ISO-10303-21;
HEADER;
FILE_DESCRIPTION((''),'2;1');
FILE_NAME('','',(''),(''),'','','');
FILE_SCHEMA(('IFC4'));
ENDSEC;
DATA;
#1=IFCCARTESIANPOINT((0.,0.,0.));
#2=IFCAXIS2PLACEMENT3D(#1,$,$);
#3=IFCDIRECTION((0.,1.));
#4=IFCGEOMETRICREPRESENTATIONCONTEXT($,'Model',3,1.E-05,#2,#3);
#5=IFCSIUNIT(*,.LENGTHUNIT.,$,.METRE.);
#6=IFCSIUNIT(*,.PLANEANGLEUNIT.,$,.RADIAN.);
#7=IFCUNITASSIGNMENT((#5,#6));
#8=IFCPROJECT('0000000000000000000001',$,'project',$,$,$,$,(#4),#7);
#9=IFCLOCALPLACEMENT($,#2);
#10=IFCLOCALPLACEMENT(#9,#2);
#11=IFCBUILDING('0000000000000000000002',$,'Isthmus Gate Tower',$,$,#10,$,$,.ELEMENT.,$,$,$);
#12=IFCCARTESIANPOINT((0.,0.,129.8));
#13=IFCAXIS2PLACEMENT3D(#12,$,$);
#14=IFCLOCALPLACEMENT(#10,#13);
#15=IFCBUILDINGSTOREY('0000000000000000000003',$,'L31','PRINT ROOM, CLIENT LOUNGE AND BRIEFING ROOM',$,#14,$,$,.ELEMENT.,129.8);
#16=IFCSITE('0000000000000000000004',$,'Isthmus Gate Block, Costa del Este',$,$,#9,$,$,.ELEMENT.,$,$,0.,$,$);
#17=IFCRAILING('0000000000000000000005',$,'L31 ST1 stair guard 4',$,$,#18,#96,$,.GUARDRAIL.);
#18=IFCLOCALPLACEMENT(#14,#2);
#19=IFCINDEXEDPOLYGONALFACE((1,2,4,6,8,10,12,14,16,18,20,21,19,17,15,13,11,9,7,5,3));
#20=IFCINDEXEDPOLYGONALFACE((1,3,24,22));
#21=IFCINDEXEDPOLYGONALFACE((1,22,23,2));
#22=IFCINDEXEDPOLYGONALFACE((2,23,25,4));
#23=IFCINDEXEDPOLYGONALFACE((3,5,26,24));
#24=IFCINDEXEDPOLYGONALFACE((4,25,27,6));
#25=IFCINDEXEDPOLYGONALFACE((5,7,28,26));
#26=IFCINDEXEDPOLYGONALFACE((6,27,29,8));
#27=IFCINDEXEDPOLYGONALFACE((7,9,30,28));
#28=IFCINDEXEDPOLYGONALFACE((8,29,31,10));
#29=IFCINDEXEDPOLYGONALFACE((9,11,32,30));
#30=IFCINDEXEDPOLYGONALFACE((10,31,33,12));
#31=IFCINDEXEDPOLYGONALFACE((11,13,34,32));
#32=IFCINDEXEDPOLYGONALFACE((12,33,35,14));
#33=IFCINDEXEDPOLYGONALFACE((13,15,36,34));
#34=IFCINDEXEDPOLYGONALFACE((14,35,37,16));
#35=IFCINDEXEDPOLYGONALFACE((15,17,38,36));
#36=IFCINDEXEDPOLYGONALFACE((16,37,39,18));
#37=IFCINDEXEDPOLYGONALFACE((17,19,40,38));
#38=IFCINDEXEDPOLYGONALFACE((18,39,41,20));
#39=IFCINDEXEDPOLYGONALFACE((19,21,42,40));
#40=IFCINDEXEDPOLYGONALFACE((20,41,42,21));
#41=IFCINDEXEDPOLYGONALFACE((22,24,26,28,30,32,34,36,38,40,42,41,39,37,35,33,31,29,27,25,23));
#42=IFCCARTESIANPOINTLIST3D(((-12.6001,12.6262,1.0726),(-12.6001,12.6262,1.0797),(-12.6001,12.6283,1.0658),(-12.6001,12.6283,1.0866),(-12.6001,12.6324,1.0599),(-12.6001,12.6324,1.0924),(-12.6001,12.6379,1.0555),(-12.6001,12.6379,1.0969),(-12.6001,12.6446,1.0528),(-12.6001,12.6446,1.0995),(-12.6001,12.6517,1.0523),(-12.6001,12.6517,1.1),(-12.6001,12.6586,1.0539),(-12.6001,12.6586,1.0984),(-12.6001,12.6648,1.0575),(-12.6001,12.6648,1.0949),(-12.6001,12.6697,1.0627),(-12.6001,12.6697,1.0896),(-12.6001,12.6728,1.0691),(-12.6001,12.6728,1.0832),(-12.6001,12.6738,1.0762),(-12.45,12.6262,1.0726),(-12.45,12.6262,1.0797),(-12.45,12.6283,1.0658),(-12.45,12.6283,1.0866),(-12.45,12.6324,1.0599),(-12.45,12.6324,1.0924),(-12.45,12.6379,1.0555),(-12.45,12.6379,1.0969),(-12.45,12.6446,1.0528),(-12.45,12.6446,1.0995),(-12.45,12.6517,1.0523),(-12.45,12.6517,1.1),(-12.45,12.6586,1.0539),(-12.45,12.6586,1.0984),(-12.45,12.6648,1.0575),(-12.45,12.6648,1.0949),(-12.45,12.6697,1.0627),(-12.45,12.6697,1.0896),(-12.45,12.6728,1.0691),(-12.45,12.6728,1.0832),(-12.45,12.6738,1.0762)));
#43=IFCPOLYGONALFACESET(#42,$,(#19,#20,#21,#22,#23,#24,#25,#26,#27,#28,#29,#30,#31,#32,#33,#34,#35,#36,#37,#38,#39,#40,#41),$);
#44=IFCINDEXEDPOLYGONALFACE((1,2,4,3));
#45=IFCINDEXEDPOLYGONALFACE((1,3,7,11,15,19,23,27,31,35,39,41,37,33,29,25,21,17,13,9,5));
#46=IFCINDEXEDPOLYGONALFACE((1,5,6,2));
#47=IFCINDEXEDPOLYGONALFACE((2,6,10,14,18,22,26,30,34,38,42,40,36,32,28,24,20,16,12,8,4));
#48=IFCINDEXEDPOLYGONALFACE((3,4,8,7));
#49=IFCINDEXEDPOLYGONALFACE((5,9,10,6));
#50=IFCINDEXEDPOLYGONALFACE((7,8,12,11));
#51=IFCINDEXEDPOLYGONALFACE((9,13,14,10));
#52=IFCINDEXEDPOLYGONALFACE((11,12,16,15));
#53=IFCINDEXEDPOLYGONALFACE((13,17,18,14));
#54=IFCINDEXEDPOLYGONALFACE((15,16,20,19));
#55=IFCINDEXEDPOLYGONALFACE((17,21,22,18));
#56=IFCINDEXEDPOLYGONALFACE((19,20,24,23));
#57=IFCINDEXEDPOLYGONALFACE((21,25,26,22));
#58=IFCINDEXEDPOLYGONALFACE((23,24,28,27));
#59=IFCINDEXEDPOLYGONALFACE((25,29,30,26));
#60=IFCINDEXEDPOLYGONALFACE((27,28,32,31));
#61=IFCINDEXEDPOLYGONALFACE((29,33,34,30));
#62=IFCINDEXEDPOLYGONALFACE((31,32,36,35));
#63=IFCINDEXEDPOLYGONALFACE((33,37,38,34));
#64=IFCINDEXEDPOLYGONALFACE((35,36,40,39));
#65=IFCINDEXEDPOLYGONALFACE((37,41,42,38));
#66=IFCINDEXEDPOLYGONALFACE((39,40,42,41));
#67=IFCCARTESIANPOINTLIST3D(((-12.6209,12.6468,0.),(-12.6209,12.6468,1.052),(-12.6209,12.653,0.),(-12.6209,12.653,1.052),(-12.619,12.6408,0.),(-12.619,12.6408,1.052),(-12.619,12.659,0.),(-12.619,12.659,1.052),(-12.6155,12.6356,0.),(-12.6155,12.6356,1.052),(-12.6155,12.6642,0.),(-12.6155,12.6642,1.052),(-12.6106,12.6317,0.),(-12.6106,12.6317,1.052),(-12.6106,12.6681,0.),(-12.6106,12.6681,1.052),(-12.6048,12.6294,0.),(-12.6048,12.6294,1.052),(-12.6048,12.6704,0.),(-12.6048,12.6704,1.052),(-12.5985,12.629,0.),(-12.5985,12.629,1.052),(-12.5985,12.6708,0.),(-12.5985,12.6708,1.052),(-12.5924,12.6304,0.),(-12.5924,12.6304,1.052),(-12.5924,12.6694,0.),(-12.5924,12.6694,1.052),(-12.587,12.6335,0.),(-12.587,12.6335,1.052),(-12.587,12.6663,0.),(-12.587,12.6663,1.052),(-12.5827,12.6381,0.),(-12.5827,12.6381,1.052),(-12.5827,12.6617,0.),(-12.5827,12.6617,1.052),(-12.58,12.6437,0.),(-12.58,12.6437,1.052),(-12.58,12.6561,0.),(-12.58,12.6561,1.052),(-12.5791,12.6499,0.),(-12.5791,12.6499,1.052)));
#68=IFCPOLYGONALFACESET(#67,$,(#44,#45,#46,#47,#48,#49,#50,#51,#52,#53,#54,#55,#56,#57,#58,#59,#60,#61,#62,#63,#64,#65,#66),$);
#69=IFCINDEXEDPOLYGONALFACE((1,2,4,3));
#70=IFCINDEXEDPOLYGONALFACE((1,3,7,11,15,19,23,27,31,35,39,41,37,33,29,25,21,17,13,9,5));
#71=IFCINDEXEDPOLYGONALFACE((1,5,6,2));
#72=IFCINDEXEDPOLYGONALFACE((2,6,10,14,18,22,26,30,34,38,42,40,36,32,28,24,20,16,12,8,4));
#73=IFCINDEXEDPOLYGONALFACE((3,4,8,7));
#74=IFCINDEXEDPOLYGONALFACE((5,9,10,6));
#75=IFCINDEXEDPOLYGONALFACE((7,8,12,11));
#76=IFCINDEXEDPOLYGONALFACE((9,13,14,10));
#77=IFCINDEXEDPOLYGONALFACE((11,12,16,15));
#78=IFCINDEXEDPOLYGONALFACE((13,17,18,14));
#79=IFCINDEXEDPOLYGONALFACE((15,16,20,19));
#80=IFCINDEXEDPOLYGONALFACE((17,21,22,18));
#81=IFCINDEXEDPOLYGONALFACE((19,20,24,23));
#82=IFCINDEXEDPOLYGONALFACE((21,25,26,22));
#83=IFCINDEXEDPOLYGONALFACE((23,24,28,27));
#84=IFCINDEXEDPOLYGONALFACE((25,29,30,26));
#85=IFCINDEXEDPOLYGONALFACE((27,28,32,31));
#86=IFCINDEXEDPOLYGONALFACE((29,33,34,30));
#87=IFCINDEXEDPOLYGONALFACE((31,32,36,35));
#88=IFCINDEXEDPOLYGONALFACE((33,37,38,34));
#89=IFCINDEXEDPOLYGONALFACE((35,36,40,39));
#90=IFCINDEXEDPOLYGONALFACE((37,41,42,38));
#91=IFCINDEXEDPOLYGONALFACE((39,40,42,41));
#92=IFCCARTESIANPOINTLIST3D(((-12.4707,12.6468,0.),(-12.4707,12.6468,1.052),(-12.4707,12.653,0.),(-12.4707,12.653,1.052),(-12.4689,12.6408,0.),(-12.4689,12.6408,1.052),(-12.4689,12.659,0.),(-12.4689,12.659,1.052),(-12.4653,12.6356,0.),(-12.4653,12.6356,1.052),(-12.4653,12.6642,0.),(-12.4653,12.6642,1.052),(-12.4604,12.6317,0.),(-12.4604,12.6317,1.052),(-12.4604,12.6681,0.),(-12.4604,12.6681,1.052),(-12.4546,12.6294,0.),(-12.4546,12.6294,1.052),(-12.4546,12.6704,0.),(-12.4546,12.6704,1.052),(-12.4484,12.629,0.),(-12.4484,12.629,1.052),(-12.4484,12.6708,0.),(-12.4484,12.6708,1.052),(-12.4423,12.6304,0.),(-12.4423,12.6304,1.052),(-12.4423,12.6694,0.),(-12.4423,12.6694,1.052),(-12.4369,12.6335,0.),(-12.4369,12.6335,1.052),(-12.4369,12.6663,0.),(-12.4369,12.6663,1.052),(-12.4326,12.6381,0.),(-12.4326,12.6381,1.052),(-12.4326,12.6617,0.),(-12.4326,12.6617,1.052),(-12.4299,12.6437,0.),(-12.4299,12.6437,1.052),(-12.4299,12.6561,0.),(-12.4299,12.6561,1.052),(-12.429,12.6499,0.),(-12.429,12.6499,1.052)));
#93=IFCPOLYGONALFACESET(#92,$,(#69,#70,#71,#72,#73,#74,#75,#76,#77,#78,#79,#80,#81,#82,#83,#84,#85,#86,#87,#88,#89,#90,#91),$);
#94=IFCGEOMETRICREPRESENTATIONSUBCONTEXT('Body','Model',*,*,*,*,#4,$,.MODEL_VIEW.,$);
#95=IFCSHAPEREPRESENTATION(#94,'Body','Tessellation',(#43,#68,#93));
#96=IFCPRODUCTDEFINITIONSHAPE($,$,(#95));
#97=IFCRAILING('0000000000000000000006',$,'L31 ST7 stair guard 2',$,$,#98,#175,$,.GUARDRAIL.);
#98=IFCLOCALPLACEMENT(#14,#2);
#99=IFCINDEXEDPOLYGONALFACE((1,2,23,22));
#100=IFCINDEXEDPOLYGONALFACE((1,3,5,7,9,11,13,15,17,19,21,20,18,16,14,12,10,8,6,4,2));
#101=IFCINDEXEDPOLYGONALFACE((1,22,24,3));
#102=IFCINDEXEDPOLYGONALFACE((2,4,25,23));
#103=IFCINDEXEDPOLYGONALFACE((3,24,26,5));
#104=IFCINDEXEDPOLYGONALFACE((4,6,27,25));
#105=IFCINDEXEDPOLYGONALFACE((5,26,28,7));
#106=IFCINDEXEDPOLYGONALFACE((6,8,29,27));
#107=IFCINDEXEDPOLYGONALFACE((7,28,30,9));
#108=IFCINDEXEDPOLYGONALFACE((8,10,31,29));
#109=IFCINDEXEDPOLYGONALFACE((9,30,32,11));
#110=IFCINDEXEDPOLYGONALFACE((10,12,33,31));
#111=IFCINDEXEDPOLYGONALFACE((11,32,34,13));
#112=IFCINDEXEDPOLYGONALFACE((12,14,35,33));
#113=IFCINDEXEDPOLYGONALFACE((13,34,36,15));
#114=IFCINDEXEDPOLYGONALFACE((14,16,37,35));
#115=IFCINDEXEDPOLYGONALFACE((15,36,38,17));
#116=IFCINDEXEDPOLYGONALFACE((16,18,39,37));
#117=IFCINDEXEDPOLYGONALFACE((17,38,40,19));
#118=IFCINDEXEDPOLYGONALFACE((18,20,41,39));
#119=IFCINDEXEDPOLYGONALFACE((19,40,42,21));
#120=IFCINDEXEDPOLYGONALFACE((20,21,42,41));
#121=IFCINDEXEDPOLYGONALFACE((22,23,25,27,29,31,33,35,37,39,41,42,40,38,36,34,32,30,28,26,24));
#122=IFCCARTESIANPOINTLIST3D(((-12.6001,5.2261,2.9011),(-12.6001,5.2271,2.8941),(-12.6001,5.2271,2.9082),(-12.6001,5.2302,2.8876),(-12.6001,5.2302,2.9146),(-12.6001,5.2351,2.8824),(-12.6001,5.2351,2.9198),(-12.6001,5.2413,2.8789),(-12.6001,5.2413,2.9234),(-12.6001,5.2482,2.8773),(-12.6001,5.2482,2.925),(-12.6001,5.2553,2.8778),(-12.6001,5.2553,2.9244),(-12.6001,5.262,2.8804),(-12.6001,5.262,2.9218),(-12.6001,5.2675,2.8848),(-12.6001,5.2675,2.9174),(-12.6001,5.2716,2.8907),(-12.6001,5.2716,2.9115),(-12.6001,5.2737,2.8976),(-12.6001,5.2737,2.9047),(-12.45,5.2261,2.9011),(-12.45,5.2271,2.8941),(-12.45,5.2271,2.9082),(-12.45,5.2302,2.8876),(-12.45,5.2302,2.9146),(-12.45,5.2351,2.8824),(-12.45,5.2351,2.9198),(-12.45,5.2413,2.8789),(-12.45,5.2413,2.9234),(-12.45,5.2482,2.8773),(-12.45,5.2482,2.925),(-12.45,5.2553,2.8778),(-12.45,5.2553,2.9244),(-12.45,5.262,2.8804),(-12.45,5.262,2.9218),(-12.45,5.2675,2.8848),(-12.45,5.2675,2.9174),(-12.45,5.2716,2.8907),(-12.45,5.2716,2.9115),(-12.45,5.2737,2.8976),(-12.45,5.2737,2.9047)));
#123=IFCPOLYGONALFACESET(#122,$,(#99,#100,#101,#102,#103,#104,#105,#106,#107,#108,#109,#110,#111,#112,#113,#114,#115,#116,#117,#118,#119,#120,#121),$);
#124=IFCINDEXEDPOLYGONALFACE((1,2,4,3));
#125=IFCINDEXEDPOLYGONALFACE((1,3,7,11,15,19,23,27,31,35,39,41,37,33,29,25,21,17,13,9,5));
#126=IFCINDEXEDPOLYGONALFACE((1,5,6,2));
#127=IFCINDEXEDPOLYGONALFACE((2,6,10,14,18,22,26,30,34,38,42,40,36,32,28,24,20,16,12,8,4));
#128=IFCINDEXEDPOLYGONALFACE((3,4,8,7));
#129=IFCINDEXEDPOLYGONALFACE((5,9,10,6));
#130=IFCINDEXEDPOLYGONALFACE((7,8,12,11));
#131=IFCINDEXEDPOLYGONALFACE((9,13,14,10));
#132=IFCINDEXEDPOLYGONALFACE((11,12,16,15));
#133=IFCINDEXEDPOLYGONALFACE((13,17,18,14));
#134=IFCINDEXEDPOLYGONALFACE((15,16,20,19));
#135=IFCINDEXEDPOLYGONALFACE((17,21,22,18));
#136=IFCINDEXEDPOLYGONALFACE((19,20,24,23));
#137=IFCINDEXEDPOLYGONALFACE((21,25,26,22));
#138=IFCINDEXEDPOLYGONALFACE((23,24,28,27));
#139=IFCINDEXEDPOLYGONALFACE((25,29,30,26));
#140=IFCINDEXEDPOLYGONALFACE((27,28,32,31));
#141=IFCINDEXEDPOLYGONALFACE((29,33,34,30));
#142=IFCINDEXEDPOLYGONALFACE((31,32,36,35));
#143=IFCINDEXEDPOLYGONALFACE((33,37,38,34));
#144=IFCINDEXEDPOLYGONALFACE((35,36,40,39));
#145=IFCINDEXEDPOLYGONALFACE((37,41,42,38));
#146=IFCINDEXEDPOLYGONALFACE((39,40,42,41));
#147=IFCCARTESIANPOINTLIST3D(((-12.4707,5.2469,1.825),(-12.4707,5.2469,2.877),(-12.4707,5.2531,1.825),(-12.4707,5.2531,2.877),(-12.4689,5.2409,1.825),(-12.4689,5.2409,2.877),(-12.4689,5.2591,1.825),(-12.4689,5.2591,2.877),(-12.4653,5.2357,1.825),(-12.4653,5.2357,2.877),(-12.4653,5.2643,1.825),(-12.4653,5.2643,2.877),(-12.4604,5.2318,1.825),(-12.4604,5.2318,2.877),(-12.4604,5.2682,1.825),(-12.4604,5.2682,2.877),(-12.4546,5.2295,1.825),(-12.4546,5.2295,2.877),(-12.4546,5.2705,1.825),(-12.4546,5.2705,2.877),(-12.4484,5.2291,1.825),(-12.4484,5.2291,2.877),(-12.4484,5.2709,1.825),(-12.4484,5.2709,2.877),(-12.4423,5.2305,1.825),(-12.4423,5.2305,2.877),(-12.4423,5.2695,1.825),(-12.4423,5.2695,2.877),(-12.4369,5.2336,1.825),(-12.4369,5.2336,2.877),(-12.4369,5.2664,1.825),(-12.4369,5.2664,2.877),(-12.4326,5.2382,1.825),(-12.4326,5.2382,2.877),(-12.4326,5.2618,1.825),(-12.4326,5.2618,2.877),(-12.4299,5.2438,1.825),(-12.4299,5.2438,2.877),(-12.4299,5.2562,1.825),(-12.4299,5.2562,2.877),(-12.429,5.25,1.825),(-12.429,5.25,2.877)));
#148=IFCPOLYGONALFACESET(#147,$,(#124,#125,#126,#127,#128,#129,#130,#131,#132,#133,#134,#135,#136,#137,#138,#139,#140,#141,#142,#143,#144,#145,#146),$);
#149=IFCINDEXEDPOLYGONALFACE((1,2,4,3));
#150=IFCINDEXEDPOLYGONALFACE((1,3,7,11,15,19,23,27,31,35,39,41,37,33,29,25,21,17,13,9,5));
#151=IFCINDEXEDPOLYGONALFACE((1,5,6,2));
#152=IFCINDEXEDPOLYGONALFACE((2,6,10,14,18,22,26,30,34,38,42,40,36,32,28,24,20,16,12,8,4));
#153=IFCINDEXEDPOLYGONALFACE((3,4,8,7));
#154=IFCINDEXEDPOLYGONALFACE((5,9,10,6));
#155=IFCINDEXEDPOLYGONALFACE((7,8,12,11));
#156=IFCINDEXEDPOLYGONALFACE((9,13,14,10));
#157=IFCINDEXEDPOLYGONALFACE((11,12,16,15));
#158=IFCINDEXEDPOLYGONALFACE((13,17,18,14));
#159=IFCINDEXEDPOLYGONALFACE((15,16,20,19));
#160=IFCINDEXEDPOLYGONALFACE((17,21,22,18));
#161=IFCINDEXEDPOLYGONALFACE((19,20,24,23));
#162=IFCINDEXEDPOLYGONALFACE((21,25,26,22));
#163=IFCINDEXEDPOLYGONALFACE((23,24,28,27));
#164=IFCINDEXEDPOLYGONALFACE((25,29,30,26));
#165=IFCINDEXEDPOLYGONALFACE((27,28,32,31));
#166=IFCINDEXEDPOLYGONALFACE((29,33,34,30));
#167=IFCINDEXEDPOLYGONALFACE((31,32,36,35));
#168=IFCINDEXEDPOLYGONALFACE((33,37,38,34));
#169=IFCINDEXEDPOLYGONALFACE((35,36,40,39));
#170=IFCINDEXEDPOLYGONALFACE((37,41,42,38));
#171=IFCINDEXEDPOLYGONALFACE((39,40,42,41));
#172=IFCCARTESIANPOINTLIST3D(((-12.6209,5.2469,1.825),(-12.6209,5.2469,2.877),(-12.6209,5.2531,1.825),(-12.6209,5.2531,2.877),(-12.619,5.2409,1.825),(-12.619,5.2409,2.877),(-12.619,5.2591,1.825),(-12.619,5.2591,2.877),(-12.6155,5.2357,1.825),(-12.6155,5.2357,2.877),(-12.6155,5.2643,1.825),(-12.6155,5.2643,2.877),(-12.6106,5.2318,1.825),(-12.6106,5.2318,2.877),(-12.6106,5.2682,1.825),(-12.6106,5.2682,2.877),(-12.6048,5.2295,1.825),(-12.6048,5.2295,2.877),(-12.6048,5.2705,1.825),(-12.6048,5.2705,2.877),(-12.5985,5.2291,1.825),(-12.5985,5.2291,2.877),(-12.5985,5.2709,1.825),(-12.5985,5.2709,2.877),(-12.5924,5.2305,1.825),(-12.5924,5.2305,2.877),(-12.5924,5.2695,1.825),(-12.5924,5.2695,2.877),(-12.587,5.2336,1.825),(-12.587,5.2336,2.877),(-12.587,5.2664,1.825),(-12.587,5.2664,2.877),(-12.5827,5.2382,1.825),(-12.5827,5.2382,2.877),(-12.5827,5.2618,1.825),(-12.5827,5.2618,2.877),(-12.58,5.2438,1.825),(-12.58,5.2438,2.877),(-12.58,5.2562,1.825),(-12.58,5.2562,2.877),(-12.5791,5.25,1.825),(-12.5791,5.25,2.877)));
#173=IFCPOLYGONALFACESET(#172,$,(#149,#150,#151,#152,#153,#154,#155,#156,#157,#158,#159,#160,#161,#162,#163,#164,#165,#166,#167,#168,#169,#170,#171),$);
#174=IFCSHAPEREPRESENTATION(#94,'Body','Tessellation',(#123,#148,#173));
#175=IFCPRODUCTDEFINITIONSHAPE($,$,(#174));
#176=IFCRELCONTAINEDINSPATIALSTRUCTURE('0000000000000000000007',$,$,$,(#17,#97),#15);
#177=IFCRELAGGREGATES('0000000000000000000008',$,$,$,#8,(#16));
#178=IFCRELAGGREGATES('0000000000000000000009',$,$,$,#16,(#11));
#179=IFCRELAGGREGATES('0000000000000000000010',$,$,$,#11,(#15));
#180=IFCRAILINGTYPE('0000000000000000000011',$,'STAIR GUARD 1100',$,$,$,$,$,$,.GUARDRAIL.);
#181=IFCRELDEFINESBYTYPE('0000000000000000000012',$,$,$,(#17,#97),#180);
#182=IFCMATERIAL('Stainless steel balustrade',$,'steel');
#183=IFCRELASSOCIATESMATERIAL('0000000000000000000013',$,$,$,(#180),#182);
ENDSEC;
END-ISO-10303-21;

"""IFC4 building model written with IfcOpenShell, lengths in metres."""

from ifc_helpers import new_model, si_unit, direction, frame, origin, origin_2d, place, context, subcontext, project, spatial, circle, extrude, material, type_object, element, save


model = new_model("IFC4")

# Units and contexts
model_context = context("Model", 3, precision=1e-05, world=origin(), true_north=direction((0.0, 1.0)))
body_context = subcontext(model_context, "Body", "Model", "MODEL_VIEW")
ifc_project = project(units=[si_unit("LENGTHUNIT", "METRE"), si_unit("PLANEANGLEUNIT", "RADIAN")], contexts=[model_context])

# Site, building, storey
site_placement = place(None, origin())
site = spatial("IfcSite", under=ifc_project, at=site_placement, Name="Isthmus Gate Block, Costa del Este", CompositionType="ELEMENT", RefElevation=0.0)
building_placement = place(site_placement, origin())
building = spatial("IfcBuilding", under=site, at=building_placement, Name="Isthmus Gate Tower", CompositionType="ELEMENT")
storey_placement = place(building_placement, frame((0.0, 0.0, 129.8)))
storey = spatial("IfcBuildingStorey", under=building, at=storey_placement, Name="L31", Description="PRINT ROOM, CLIENT LOUNGE AND BRIEFING ROOM", CompositionType="ELEMENT", Elevation=129.8)

# Railings
ifc_material_1 = material(Name="Stainless steel balustrade", Category="steel")
railing_type_1 = type_object("IfcRailingType", Name="STAIR GUARD 1100", PredefinedType="GUARDRAIL", material=ifc_material_1)
railing_1_placement = place(storey_placement, frame((-12.6001, 12.6499, 0.0)))
element("IfcRailing", 1, at=railing_1_placement, inside=storey, type_object=railing_type_1, Name="L31 ST1 stair guard 4", PredefinedType="GUARDRAIL", context=body_context, shape_type="SweptSolid", body=[
    extrude(circle(Radius=0.0239, at=origin_2d()), frame((0.0, 0.0, 1.0762), z_axis=(1.0, 0.0, 0.0), x_axis=(0.0, 1.0, 0.0)), (0.0, 0.0, 1.0), 0.1501),
    extrude(circle(Radius=0.021, at=origin_2d()), origin(), (0.0, 0.0, 1.0), 1.052),
    extrude(circle(Radius=0.021, at=origin_2d()), frame((0.1501, 0.0, 0.0)), (0.0, 0.0, 1.0), 1.052),
])
railing_2_placement = place(storey_placement, frame((-12.45, 5.25, 1.825)))
element("IfcRailing", 2, at=railing_2_placement, inside=storey, type_object=railing_type_1, Name="L31 ST7 stair guard 2", PredefinedType="GUARDRAIL", context=body_context, shape_type="SweptSolid", body=[
    extrude(circle(Radius=0.0239, at=origin_2d()), frame((0.0, 0.0, 1.0762), z_axis=(-1.0, 0.0, 0.0), x_axis=(0.0, -1.0, 0.0)), (0.0, 0.0, 1.0), 0.1501),
    extrude(circle(Radius=0.021, at=origin_2d()), origin(), (0.0, 0.0, 1.0), 1.052),
    extrude(circle(Radius=0.021, at=origin_2d()), frame((-0.1501, 0.0, 0.0)), (0.0, 0.0, 1.0), 1.052),
])

save(model, "model.ifc")
